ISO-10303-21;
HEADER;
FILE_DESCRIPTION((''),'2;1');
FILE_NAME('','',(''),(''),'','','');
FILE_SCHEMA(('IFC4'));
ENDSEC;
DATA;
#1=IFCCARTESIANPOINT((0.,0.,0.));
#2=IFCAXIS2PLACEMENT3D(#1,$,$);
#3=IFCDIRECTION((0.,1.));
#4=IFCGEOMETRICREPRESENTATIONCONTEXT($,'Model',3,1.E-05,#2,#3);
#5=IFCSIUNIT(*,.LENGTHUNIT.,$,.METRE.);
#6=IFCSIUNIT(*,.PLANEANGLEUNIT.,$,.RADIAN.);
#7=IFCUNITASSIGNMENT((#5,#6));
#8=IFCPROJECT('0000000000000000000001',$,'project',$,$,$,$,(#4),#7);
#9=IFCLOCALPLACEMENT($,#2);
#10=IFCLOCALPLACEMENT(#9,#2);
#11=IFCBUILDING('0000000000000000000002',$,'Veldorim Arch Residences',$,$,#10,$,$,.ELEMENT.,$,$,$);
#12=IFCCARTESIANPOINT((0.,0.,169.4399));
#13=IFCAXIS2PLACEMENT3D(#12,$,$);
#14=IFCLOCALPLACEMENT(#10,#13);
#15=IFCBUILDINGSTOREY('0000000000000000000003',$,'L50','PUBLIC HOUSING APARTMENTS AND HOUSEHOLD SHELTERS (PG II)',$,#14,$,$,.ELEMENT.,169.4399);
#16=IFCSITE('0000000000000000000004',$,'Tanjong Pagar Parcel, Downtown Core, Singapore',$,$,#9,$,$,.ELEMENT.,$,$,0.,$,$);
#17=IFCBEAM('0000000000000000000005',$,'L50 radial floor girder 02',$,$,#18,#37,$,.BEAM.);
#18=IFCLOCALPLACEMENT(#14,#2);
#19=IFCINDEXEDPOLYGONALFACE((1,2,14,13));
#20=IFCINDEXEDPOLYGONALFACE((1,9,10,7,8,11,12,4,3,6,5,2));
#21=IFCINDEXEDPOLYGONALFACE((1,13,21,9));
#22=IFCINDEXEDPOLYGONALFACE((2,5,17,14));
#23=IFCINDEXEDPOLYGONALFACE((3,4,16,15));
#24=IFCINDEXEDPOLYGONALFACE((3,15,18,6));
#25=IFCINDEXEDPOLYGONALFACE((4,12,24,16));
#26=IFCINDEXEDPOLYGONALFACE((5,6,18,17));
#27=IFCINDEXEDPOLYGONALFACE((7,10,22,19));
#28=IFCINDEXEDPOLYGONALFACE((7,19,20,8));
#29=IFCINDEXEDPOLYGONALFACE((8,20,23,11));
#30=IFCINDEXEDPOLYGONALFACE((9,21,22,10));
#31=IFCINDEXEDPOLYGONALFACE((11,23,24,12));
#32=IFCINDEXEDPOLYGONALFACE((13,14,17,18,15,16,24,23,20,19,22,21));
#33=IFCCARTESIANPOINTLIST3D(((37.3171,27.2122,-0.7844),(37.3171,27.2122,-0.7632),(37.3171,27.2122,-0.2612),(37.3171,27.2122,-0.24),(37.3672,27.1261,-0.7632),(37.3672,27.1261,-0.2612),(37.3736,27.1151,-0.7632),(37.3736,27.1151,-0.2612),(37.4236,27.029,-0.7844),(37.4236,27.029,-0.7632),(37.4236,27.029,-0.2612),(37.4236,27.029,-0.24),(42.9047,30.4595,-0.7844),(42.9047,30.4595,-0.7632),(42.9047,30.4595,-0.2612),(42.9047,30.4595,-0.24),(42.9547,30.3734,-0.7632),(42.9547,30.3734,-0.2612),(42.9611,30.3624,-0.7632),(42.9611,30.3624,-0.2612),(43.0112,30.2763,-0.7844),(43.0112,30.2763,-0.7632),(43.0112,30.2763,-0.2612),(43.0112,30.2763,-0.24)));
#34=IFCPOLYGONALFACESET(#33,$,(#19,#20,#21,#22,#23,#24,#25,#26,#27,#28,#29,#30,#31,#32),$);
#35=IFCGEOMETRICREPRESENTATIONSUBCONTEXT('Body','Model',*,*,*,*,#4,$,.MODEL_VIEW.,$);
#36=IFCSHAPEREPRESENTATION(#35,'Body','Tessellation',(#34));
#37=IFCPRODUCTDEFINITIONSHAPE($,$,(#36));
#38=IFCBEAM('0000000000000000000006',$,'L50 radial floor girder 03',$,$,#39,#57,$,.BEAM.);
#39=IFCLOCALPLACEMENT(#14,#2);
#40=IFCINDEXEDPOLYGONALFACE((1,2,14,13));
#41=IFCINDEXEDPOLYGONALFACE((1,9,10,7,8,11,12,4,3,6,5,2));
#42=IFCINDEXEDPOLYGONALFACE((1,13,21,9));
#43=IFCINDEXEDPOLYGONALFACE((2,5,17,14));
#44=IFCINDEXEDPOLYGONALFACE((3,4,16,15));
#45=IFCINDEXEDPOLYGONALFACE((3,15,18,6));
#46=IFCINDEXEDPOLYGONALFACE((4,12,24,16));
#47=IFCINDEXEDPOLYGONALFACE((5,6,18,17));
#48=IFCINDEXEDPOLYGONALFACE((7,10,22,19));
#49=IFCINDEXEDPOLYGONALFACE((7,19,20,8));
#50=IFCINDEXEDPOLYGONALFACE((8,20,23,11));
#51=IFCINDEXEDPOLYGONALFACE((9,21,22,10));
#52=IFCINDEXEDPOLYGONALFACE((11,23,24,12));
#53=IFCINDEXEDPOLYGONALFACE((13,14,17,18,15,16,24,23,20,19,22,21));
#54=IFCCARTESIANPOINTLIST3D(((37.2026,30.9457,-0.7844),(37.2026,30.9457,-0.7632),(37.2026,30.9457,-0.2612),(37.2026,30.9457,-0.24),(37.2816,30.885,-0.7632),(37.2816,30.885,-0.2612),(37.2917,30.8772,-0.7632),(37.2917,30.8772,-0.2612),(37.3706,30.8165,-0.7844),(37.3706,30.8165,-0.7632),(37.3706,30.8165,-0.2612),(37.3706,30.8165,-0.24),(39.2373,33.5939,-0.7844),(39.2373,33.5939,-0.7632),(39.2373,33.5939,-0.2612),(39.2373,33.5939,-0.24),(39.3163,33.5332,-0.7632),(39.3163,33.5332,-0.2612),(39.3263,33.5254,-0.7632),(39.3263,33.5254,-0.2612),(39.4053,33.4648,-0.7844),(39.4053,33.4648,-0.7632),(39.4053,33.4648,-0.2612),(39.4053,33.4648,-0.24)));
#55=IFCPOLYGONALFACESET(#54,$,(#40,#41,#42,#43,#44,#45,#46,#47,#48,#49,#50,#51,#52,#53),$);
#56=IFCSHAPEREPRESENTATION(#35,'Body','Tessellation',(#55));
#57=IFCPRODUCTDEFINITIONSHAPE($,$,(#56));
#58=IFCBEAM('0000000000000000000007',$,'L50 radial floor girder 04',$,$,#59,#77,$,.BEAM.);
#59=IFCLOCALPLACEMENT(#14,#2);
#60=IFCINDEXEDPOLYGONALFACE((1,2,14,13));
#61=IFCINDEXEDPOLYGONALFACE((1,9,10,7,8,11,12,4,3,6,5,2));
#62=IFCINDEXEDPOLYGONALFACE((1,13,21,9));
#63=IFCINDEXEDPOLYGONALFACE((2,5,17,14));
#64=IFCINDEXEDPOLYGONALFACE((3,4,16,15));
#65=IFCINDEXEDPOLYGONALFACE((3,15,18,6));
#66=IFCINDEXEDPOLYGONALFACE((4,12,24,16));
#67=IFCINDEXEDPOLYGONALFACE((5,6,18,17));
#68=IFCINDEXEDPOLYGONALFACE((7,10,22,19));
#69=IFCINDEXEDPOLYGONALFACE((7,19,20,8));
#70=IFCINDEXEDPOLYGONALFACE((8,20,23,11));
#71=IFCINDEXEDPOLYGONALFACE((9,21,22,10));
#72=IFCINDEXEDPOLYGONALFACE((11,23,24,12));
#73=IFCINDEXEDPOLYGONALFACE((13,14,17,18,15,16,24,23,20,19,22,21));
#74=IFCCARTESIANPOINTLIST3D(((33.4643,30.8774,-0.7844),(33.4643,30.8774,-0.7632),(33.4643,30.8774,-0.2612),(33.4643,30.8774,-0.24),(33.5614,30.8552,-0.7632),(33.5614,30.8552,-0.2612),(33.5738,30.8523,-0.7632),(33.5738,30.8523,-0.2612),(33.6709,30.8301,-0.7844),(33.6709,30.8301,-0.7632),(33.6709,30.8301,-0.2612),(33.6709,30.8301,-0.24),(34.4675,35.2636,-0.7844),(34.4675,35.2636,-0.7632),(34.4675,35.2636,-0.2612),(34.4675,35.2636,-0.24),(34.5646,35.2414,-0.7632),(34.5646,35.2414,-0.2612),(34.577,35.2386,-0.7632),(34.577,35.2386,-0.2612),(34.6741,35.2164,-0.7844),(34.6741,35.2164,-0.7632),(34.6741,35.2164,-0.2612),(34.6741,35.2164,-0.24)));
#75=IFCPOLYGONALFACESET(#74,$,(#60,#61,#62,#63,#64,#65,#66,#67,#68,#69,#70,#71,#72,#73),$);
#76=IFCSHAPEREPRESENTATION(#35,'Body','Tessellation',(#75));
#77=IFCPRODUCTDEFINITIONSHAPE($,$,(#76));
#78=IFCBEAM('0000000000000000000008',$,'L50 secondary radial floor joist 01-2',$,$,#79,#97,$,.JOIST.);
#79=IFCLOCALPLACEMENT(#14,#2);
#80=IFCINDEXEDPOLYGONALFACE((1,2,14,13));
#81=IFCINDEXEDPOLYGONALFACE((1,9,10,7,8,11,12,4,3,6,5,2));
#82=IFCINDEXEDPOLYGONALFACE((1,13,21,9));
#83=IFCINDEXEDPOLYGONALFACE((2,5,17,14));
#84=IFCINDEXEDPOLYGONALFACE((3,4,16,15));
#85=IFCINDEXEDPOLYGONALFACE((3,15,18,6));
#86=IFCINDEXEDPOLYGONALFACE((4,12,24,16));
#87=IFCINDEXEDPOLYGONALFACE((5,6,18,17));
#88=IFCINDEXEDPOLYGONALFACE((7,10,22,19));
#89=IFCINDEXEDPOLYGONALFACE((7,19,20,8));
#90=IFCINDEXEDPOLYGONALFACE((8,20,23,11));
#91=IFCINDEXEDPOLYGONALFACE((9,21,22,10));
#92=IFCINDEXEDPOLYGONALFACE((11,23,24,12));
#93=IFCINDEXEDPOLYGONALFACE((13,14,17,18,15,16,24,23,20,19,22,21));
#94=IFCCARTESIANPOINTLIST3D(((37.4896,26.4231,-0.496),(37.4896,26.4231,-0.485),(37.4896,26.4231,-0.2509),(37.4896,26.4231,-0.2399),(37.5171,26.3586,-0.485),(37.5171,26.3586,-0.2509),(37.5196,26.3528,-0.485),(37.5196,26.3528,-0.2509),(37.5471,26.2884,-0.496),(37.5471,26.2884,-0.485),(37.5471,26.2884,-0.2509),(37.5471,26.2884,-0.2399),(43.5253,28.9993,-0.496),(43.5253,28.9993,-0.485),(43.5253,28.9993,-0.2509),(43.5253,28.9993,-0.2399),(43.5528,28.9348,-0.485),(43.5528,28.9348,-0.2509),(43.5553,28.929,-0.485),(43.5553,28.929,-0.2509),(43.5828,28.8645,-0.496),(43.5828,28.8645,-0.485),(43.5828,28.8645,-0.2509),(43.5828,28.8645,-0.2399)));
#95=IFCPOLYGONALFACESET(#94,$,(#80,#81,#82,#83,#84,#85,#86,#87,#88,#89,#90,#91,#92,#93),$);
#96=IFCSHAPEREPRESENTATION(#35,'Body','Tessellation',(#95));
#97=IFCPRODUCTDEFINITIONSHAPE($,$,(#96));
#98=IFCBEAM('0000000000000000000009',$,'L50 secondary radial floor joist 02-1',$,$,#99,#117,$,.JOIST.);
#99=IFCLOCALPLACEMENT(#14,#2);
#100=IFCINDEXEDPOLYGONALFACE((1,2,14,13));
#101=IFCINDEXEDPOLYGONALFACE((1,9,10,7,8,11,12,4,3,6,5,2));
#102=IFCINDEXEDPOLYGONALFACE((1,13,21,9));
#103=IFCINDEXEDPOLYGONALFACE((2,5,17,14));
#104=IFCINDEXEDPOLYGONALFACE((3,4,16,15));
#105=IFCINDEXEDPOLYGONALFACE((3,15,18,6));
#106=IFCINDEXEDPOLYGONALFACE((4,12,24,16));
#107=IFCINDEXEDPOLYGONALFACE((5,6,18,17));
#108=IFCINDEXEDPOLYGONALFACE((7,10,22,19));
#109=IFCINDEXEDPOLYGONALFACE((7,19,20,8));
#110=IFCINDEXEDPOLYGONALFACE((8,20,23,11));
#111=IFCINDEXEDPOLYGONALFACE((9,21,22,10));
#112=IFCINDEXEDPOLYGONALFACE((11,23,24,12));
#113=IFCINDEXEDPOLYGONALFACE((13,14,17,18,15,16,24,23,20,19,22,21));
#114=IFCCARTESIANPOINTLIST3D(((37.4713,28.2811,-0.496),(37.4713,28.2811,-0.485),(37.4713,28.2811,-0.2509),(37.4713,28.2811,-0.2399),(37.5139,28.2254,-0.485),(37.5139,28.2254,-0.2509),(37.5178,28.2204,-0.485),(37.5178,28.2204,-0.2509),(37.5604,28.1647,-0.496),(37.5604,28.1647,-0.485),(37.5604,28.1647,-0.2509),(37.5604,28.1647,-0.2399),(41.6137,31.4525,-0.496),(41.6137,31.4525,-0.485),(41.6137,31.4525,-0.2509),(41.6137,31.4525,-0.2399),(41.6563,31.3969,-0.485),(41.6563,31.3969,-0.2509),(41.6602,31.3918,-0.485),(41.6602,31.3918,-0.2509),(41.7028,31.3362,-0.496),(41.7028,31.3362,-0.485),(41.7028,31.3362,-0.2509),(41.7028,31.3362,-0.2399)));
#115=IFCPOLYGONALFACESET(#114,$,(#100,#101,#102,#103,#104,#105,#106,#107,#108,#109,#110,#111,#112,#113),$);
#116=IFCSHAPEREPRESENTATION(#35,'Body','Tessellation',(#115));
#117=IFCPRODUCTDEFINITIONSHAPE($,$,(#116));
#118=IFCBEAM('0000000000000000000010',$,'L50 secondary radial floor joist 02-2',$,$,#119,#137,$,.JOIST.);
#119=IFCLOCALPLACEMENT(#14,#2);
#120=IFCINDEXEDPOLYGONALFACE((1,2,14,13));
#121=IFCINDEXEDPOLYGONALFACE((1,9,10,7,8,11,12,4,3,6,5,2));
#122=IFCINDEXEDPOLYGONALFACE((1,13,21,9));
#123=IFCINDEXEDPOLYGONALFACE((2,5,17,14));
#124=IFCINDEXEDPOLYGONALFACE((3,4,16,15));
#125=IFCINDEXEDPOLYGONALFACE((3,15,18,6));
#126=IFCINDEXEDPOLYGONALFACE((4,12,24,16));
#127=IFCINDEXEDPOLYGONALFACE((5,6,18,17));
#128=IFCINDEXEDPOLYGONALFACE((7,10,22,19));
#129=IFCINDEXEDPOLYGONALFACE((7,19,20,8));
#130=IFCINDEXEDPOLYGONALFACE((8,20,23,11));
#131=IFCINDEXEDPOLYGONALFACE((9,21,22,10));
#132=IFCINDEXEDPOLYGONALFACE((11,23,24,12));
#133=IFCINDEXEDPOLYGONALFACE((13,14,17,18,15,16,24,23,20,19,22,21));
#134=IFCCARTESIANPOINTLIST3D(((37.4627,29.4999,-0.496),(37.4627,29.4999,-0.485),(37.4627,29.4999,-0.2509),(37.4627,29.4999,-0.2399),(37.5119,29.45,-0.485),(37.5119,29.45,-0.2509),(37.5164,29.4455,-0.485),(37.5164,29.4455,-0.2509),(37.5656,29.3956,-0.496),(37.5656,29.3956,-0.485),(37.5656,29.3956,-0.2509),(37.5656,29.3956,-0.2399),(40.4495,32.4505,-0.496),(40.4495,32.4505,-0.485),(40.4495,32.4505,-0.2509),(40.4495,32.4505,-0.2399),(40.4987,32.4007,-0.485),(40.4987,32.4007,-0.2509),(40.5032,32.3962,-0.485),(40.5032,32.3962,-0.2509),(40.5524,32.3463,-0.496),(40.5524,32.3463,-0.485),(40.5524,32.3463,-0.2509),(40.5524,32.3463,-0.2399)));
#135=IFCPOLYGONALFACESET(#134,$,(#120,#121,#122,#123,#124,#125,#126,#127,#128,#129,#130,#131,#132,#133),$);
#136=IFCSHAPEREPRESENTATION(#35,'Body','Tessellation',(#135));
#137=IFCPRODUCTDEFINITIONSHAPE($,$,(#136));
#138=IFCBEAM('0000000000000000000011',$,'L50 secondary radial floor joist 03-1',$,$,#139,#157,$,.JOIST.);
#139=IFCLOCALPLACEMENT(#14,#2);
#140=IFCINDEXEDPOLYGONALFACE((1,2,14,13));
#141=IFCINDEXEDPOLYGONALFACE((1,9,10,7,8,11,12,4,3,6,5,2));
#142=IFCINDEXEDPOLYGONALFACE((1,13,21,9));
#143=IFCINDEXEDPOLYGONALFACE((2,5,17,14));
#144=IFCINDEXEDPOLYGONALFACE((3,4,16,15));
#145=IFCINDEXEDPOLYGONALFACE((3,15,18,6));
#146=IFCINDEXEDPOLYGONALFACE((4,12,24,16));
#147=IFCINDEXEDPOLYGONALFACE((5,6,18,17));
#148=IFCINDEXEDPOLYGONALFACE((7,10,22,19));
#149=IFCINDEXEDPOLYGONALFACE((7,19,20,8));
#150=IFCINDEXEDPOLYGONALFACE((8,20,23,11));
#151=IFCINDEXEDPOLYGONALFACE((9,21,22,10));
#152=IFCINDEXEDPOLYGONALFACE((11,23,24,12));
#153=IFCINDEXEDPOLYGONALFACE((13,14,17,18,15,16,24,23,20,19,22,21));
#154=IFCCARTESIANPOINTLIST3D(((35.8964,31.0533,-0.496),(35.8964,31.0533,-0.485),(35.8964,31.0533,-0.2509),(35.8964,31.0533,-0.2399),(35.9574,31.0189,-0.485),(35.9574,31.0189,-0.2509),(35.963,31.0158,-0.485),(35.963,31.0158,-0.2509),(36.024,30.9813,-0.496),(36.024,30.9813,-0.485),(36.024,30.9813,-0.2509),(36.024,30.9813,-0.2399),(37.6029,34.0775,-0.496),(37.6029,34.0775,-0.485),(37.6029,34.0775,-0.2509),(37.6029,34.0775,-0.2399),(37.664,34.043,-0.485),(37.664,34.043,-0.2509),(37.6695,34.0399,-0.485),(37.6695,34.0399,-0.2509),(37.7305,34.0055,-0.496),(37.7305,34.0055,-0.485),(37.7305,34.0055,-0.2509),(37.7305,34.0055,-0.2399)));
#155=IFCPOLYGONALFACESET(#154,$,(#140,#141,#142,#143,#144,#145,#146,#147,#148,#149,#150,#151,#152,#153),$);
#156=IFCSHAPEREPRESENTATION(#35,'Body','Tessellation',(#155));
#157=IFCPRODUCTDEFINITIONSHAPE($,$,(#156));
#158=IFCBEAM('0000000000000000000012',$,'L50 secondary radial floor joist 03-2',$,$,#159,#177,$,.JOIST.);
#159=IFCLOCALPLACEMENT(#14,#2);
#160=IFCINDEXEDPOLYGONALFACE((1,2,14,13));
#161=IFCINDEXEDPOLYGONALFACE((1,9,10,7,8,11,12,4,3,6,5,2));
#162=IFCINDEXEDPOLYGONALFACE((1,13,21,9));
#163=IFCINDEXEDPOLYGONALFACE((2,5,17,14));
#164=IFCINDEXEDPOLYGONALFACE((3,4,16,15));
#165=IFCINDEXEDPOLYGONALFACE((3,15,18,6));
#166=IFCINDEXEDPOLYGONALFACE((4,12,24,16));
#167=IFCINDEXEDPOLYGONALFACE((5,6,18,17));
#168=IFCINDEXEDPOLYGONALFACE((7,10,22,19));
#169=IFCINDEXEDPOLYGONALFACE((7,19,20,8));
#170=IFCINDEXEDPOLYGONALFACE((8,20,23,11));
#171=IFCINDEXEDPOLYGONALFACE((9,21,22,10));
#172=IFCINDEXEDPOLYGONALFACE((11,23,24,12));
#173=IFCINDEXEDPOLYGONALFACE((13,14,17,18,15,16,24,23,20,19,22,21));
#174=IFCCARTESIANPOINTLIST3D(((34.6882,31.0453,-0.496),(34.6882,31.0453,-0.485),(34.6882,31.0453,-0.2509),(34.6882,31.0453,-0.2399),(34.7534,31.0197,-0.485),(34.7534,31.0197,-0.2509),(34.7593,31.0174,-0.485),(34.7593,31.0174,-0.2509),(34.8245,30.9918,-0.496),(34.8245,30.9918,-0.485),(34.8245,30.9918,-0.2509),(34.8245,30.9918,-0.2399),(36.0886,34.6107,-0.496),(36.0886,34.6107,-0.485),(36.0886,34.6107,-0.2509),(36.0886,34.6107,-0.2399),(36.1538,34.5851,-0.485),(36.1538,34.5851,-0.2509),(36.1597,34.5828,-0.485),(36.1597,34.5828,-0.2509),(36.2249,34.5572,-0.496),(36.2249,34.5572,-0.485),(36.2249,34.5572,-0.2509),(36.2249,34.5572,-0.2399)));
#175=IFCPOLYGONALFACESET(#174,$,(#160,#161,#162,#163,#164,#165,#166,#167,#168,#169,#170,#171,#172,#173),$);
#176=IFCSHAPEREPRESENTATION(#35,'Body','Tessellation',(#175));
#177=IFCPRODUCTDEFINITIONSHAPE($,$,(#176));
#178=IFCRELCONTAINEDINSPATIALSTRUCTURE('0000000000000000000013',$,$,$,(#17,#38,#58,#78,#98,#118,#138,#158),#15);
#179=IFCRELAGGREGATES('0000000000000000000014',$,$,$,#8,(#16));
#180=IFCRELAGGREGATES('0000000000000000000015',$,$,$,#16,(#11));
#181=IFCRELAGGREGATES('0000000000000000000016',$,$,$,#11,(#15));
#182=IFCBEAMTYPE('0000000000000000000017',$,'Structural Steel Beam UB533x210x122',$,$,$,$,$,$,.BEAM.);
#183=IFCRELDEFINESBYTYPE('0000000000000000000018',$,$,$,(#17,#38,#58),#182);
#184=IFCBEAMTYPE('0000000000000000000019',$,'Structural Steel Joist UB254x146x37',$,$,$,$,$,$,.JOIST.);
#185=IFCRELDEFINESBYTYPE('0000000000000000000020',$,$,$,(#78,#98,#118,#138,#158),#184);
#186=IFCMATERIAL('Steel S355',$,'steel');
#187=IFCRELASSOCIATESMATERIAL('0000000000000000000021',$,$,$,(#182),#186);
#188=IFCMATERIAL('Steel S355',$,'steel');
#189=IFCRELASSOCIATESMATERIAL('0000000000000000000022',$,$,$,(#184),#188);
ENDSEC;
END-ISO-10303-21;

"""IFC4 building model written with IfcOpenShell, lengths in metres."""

from ifc_helpers import new_model, si_unit, direction, frame, origin, origin_2d, place, context, subcontext, project, spatial, i_section, extrude, material, material_profile, profile_set, type_object, element, save


model = new_model("IFC4")

# Units and contexts
model_context = context("Model", 3, precision=1e-05, world=origin(), true_north=direction((0.0, 1.0)))
body_context = subcontext(model_context, "Body", "Model", "MODEL_VIEW")
ifc_project = project(units=[si_unit("LENGTHUNIT", "METRE"), si_unit("PLANEANGLEUNIT", "RADIAN")], contexts=[model_context])

# Site, building, storey
site_placement = place(None, origin())
site = spatial("IfcSite", under=ifc_project, at=site_placement, Name="Tanjong Pagar Parcel, Downtown Core, Singapore", CompositionType="ELEMENT", RefElevation=0.0)
building_placement = place(site_placement, origin())
building = spatial("IfcBuilding", under=site, at=building_placement, Name="Veldorim Arch Residences", CompositionType="ELEMENT")
storey_placement = place(building_placement, frame((0.0, 0.0, 169.4399)))
storey = spatial("IfcBuildingStorey", under=building, at=storey_placement, Name="L50", Description="PUBLIC HOUSING APARTMENTS AND HOUSEHOLD SHELTERS (PG II)", CompositionType="ELEMENT", Elevation=169.4399)

# Beams
ifc_material_1 = material(Name="Steel S355", Category="steel")
ifc_material_profile_1 = material_profile(ifc_material_1, i_section(OverallWidth=0.2119, OverallDepth=0.5444, WebThickness=0.0127, FlangeThickness=0.0212, at=origin_2d()), Name="UB533x210x122")
ifc_profile_set_1 = profile_set([ifc_material_profile_1], Name="Steel S355")
beam_type_1 = type_object("IfcBeamType", Name="Structural Steel Beam UB533x210x122", PredefinedType="BEAM", material=ifc_profile_set_1)
beam_1_placement = place(storey_placement, frame((37.3704, 27.1206, -0.5122), z_axis=(0.864596, 0.502468, 0.0), x_axis=(-0.502468, 0.864596, 0.0)))
element("IfcBeam", 1, at=beam_1_placement, inside=storey, type_object=beam_type_1, Name="L50 radial floor girder 02", PredefinedType="BEAM", context=body_context, shape_type="SweptSolid", body=[
    extrude(i_section(OverallWidth=0.2119, OverallDepth=0.5444, WebThickness=0.0127, FlangeThickness=0.0212, at=origin_2d()), origin(), (0.0, 0.0, 1.0), 6.4626),
])
beam_2_placement = place(storey_placement, frame((37.2866, 30.8811, -0.5122), z_axis=(0.609258, 0.792972, 0.0), x_axis=(-0.792972, 0.609258, 0.0)))
element("IfcBeam", 2, at=beam_2_placement, inside=storey, type_object=beam_type_1, Name="L50 radial floor girder 03", PredefinedType="BEAM", context=body_context, shape_type="SweptSolid", body=[
    extrude(i_section(OverallWidth=0.2119, OverallDepth=0.5444, WebThickness=0.0127, FlangeThickness=0.0212, at=origin_2d()), origin(), (0.0, 0.0, 1.0), 3.3396),
])
beam_3_placement = place(storey_placement, frame((33.5676, 30.8538, -0.5122), z_axis=(0.222953, 0.974829, 0.0), x_axis=(-0.974829, 0.222953, 0.0)))
element("IfcBeam", 3, at=beam_3_placement, inside=storey, type_object=beam_type_1, Name="L50 radial floor girder 04", PredefinedType="BEAM", context=body_context, shape_type="SweptSolid", body=[
    extrude(i_section(OverallWidth=0.2119, OverallDepth=0.5444, WebThickness=0.0127, FlangeThickness=0.0212, at=origin_2d()), origin(), (0.0, 0.0, 1.0), 4.4995),
])
ifc_material_2 = material(Name="Steel S355", Category="steel")
ifc_material_profile_2 = material_profile(ifc_material_2, i_section(OverallWidth=0.1465, OverallDepth=0.2561, WebThickness=0.0063, FlangeThickness=0.011, at=origin_2d()), Name="UB254x146x37")
ifc_profile_set_2 = profile_set([ifc_material_profile_2], Name="Steel S355")
beam_type_2 = type_object("IfcBeamType", Name="Structural Steel Joist UB254x146x37", PredefinedType="JOIST", material=ifc_profile_set_2)
beam_4_placement = place(storey_placement, frame((37.5183, 26.3557, -0.3679), z_axis=(0.919725, 0.392563, 0.0), x_axis=(-0.392563, 0.919725, 0.0)))
element("IfcBeam", 4, at=beam_4_placement, inside=storey, type_object=beam_type_2, Name="L50 secondary radial floor joist 01-2", PredefinedType="JOIST", context=body_context, shape_type="SweptSolid", body=[
    extrude(i_section(OverallWidth=0.1465, OverallDepth=0.2561, WebThickness=0.0063, FlangeThickness=0.011, at=origin_2d()), origin(), (0.0, 0.0, 1.0), 6.5625),
])
beam_5_placement = place(storey_placement, frame((37.5159, 28.2229, -0.3679), z_axis=(0.794014, 0.6079, 0.0), x_axis=(-0.6079, 0.794014, 0.0)))
element("IfcBeam", 5, at=beam_5_placement, inside=storey, type_object=beam_type_2, Name="L50 secondary radial floor joist 02-1", PredefinedType="JOIST", context=body_context, shape_type="SweptSolid", body=[
    extrude(i_section(OverallWidth=0.1465, OverallDepth=0.2561, WebThickness=0.0063, FlangeThickness=0.011, at=origin_2d()), origin(), (0.0, 0.0, 1.0), 5.217),
])
beam_6_placement = place(storey_placement, frame((37.5142, 29.4478, -0.3679), z_axis=(0.711397, 0.702791, 0.0), x_axis=(-0.702791, 0.711397, 0.0)))
element("IfcBeam", 6, at=beam_6_placement, inside=storey, type_object=beam_type_2, Name="L50 secondary radial floor joist 02-2", PredefinedType="JOIST", context=body_context, shape_type="SweptSolid", body=[
    extrude(i_section(OverallWidth=0.1465, OverallDepth=0.2561, WebThickness=0.0063, FlangeThickness=0.011, at=origin_2d()), origin(), (0.0, 0.0, 1.0), 4.1985),
])
beam_7_placement = place(storey_placement, frame((35.9602, 31.0173, -0.3679), z_axis=(0.491452, 0.870904, 0.0), x_axis=(-0.870904, 0.491452, 0.0)))
element("IfcBeam", 7, at=beam_7_placement, inside=storey, type_object=beam_type_2, Name="L50 secondary radial floor joist 03-1", PredefinedType="JOIST", context=body_context, shape_type="SweptSolid", body=[
    extrude(i_section(OverallWidth=0.1465, OverallDepth=0.2561, WebThickness=0.0063, FlangeThickness=0.011, at=origin_2d()), origin(), (0.0, 0.0, 1.0), 3.4724),
])
beam_8_placement = place(storey_placement, frame((34.7563, 31.0186, -0.3679), z_axis=(0.365581, 0.930779, 0.0), x_axis=(-0.930779, 0.365581, 0.0)))
element("IfcBeam", 8, at=beam_8_placement, inside=storey, type_object=beam_type_2, Name="L50 secondary radial floor joist 03-2", PredefinedType="JOIST", context=body_context, shape_type="SweptSolid", body=[
    extrude(i_section(OverallWidth=0.1465, OverallDepth=0.2561, WebThickness=0.0063, FlangeThickness=0.011, at=origin_2d()), origin(), (0.0, 0.0, 1.0), 3.8306),
])

save(model, "model.ifc")
